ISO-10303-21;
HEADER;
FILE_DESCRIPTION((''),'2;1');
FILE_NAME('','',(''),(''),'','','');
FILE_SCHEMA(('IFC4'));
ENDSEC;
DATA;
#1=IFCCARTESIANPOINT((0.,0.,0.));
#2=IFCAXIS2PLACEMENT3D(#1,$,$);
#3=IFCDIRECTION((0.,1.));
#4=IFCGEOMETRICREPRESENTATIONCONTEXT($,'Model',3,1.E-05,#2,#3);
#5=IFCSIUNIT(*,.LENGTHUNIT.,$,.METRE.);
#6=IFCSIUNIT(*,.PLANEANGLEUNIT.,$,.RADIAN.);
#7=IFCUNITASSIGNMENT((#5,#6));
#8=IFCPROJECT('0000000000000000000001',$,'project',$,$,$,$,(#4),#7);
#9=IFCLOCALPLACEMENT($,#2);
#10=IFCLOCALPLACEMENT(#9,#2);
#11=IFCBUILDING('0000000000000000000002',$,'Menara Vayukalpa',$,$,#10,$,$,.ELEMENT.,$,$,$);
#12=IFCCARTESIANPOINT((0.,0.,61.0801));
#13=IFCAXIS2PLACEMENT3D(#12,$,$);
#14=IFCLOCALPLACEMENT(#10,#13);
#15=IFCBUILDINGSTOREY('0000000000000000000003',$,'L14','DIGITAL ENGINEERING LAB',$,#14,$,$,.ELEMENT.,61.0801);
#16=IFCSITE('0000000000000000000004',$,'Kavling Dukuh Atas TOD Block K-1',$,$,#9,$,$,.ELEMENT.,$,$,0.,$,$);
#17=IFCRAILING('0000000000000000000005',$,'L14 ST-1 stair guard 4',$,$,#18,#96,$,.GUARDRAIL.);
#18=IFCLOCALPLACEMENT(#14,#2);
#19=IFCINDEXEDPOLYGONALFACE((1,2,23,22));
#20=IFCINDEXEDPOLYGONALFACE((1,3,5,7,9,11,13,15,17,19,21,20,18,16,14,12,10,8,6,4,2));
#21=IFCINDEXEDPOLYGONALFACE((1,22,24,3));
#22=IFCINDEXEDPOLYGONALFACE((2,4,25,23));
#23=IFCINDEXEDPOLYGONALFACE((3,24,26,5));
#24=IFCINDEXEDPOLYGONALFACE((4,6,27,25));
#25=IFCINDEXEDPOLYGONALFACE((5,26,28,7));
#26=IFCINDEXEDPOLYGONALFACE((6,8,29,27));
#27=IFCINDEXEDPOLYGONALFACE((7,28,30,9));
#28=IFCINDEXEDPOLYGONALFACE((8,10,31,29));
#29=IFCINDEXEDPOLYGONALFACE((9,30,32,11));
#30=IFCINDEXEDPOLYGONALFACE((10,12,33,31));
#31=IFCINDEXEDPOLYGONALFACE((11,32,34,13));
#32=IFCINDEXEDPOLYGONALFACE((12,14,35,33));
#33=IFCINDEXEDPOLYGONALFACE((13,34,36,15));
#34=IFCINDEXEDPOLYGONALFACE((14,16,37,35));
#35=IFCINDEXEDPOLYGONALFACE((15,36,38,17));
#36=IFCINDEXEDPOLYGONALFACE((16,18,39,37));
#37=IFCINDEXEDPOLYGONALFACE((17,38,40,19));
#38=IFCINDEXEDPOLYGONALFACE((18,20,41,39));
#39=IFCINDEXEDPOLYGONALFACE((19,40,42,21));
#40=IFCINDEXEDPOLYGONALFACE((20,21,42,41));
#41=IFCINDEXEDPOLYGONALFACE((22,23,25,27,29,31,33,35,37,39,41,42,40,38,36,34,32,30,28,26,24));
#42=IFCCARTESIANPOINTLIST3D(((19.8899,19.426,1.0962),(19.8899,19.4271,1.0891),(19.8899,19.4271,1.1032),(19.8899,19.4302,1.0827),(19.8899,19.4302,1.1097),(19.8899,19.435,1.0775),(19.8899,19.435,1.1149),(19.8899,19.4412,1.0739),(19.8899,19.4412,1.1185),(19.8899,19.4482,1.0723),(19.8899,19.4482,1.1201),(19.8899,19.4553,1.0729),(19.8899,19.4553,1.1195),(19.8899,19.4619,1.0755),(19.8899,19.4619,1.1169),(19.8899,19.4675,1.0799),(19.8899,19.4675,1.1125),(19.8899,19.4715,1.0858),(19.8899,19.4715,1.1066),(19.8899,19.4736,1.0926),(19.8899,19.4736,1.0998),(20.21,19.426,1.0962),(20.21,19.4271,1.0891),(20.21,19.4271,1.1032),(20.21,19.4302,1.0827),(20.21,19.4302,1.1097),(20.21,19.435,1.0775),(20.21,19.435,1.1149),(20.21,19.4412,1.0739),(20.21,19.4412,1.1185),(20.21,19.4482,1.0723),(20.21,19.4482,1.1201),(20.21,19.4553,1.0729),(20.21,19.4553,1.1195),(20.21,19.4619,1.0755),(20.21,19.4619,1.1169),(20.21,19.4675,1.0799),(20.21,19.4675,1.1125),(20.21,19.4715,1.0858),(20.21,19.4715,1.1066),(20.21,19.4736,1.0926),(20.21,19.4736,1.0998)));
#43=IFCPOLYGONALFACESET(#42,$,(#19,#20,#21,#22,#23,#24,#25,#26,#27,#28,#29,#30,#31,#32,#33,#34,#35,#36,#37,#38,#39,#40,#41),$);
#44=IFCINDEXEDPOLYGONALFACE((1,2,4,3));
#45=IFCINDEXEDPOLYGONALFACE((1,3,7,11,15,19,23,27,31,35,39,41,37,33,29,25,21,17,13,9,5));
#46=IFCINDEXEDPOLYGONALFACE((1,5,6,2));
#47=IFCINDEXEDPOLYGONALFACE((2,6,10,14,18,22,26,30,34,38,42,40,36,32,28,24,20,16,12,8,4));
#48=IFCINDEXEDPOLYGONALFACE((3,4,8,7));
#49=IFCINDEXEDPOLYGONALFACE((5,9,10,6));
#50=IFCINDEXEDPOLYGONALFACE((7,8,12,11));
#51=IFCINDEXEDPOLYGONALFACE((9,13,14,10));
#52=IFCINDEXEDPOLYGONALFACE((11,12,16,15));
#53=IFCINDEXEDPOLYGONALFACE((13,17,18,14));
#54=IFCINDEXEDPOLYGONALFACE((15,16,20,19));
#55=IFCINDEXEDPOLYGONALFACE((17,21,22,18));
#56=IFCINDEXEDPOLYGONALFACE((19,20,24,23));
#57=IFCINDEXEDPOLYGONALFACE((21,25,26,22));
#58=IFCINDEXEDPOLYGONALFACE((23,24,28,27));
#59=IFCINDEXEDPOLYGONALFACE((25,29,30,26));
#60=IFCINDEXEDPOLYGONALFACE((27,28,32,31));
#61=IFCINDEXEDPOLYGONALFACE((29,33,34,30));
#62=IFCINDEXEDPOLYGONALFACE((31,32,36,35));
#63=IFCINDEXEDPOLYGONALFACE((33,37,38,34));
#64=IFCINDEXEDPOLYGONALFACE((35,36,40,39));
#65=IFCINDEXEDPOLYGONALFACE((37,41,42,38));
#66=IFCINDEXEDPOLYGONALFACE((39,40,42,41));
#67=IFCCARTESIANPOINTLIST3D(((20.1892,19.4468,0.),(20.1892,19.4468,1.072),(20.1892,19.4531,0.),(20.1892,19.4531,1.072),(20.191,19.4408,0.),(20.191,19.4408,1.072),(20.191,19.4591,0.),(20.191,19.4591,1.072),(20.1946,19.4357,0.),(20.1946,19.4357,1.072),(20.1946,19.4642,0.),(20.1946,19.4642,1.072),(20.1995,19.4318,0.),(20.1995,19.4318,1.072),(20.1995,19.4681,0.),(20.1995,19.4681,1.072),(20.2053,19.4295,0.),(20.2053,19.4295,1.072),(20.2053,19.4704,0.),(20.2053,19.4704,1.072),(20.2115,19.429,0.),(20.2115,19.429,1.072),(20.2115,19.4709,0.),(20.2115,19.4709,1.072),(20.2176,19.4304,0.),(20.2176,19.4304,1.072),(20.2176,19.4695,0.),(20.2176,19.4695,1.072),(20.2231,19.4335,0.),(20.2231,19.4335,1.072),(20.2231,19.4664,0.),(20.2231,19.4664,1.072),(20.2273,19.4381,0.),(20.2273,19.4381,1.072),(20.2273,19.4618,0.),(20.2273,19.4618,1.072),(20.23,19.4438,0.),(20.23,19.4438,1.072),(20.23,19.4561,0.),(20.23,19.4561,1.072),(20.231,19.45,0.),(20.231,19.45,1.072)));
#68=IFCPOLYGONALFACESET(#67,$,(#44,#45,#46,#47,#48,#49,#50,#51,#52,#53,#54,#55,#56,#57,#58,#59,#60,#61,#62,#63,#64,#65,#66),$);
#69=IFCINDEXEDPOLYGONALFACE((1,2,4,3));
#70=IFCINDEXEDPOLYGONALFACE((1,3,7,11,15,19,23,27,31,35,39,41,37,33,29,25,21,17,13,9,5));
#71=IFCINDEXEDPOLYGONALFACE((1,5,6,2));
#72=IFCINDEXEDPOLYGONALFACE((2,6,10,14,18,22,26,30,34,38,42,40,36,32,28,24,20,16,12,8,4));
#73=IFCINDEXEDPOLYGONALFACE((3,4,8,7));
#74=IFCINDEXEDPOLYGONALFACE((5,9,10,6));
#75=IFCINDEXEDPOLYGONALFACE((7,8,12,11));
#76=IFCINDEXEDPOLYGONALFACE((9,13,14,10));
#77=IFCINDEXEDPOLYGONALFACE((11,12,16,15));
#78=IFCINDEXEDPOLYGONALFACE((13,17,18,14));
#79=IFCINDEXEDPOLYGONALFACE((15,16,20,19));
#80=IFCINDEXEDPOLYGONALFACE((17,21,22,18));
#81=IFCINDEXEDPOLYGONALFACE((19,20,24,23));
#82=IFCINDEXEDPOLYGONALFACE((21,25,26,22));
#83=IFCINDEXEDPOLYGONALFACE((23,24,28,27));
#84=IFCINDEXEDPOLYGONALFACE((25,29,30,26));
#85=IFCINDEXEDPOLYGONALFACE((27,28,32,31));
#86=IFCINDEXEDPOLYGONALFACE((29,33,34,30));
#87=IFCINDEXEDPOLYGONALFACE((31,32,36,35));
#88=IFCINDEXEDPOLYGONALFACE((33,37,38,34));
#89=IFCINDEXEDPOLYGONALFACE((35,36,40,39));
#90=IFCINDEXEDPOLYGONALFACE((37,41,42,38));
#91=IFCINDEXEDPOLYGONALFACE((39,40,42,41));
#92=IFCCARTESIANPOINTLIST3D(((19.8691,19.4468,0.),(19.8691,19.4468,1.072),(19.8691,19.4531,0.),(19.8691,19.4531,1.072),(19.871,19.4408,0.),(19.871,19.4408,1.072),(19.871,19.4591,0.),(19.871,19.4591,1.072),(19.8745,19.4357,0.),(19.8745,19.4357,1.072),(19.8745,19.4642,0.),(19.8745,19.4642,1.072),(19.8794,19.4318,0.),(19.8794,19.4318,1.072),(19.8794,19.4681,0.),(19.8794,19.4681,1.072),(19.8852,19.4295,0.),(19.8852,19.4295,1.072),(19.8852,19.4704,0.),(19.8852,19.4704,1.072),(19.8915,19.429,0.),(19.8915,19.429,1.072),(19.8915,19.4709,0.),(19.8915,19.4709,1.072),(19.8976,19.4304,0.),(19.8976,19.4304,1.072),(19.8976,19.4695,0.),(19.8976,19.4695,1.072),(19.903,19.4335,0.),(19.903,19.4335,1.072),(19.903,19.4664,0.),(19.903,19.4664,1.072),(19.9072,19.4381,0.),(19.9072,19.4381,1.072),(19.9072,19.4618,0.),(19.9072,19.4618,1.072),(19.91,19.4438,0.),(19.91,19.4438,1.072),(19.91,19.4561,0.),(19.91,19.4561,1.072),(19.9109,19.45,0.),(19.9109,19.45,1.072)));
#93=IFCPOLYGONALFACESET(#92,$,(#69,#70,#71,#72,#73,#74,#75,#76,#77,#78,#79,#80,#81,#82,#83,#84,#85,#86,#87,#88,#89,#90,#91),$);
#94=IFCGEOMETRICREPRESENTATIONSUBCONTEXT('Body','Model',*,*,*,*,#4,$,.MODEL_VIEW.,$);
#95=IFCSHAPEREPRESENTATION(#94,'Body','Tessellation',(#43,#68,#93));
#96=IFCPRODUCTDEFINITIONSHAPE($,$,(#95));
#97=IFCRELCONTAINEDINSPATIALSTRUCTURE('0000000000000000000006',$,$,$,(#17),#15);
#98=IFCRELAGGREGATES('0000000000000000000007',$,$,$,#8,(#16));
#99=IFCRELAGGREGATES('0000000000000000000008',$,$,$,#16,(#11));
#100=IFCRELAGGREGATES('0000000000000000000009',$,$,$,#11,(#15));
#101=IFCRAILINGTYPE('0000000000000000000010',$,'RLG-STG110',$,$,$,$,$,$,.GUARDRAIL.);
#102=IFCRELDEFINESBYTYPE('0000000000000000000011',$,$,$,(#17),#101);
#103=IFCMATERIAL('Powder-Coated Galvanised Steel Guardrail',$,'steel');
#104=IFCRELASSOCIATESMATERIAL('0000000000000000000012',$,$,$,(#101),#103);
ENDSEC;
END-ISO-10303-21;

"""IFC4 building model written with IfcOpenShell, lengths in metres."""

from ifc_helpers import new_model, si_unit, direction, frame, origin, origin_2d, place, context, subcontext, project, spatial, circle, extrude, material, type_object, element, save


model = new_model("IFC4")

# Units and contexts
model_context = context("Model", 3, precision=1e-05, world=origin(), true_north=direction((0.0, 1.0)))
body_context = subcontext(model_context, "Body", "Model", "MODEL_VIEW")
ifc_project = project(units=[si_unit("LENGTHUNIT", "METRE"), si_unit("PLANEANGLEUNIT", "RADIAN")], contexts=[model_context])

# Site, building, storey
site_placement = place(None, origin())
site = spatial("IfcSite", under=ifc_project, at=site_placement, Name="Kavling Dukuh Atas TOD Block K-1", CompositionType="ELEMENT", RefElevation=0.0)
building_placement = place(site_placement, origin())
building = spatial("IfcBuilding", under=site, at=building_placement, Name="Menara Vayukalpa", CompositionType="ELEMENT")
storey_placement = place(building_placement, frame((0.0, 0.0, 61.0801)))
storey = spatial("IfcBuildingStorey", under=building, at=storey_placement, Name="L14", Description="DIGITAL ENGINEERING LAB", CompositionType="ELEMENT", Elevation=61.0801)

# Railing
ifc_material_1 = material(Name="Powder-Coated Galvanised Steel Guardrail", Category="steel")
railing_type_1 = type_object("IfcRailingType", Name="RLG-STG110", PredefinedType="GUARDRAIL", material=ifc_material_1)
railing_1_placement = place(storey_placement, frame((20.21, 19.45, 0.0)))
element("IfcRailing", 1, at=railing_1_placement, inside=storey, type_object=railing_type_1, Name="L14 ST-1 stair guard 4", PredefinedType="GUARDRAIL", context=body_context, shape_type="SweptSolid", body=[
    extrude(circle(Radius=0.0239, at=origin_2d()), frame((0.0, 0.0, 1.0962), z_axis=(-1.0, 0.0, 0.0), x_axis=(0.0, -1.0, 0.0)), (0.0, 0.0, 1.0), 0.3201),
    extrude(circle(Radius=0.021, at=origin_2d()), origin(), (0.0, 0.0, 1.0), 1.072),
    extrude(circle(Radius=0.021, at=origin_2d()), frame((-0.3201, 0.0, 0.0)), (0.0, 0.0, 1.0), 1.072),
])

save(model, "model.ifc")
